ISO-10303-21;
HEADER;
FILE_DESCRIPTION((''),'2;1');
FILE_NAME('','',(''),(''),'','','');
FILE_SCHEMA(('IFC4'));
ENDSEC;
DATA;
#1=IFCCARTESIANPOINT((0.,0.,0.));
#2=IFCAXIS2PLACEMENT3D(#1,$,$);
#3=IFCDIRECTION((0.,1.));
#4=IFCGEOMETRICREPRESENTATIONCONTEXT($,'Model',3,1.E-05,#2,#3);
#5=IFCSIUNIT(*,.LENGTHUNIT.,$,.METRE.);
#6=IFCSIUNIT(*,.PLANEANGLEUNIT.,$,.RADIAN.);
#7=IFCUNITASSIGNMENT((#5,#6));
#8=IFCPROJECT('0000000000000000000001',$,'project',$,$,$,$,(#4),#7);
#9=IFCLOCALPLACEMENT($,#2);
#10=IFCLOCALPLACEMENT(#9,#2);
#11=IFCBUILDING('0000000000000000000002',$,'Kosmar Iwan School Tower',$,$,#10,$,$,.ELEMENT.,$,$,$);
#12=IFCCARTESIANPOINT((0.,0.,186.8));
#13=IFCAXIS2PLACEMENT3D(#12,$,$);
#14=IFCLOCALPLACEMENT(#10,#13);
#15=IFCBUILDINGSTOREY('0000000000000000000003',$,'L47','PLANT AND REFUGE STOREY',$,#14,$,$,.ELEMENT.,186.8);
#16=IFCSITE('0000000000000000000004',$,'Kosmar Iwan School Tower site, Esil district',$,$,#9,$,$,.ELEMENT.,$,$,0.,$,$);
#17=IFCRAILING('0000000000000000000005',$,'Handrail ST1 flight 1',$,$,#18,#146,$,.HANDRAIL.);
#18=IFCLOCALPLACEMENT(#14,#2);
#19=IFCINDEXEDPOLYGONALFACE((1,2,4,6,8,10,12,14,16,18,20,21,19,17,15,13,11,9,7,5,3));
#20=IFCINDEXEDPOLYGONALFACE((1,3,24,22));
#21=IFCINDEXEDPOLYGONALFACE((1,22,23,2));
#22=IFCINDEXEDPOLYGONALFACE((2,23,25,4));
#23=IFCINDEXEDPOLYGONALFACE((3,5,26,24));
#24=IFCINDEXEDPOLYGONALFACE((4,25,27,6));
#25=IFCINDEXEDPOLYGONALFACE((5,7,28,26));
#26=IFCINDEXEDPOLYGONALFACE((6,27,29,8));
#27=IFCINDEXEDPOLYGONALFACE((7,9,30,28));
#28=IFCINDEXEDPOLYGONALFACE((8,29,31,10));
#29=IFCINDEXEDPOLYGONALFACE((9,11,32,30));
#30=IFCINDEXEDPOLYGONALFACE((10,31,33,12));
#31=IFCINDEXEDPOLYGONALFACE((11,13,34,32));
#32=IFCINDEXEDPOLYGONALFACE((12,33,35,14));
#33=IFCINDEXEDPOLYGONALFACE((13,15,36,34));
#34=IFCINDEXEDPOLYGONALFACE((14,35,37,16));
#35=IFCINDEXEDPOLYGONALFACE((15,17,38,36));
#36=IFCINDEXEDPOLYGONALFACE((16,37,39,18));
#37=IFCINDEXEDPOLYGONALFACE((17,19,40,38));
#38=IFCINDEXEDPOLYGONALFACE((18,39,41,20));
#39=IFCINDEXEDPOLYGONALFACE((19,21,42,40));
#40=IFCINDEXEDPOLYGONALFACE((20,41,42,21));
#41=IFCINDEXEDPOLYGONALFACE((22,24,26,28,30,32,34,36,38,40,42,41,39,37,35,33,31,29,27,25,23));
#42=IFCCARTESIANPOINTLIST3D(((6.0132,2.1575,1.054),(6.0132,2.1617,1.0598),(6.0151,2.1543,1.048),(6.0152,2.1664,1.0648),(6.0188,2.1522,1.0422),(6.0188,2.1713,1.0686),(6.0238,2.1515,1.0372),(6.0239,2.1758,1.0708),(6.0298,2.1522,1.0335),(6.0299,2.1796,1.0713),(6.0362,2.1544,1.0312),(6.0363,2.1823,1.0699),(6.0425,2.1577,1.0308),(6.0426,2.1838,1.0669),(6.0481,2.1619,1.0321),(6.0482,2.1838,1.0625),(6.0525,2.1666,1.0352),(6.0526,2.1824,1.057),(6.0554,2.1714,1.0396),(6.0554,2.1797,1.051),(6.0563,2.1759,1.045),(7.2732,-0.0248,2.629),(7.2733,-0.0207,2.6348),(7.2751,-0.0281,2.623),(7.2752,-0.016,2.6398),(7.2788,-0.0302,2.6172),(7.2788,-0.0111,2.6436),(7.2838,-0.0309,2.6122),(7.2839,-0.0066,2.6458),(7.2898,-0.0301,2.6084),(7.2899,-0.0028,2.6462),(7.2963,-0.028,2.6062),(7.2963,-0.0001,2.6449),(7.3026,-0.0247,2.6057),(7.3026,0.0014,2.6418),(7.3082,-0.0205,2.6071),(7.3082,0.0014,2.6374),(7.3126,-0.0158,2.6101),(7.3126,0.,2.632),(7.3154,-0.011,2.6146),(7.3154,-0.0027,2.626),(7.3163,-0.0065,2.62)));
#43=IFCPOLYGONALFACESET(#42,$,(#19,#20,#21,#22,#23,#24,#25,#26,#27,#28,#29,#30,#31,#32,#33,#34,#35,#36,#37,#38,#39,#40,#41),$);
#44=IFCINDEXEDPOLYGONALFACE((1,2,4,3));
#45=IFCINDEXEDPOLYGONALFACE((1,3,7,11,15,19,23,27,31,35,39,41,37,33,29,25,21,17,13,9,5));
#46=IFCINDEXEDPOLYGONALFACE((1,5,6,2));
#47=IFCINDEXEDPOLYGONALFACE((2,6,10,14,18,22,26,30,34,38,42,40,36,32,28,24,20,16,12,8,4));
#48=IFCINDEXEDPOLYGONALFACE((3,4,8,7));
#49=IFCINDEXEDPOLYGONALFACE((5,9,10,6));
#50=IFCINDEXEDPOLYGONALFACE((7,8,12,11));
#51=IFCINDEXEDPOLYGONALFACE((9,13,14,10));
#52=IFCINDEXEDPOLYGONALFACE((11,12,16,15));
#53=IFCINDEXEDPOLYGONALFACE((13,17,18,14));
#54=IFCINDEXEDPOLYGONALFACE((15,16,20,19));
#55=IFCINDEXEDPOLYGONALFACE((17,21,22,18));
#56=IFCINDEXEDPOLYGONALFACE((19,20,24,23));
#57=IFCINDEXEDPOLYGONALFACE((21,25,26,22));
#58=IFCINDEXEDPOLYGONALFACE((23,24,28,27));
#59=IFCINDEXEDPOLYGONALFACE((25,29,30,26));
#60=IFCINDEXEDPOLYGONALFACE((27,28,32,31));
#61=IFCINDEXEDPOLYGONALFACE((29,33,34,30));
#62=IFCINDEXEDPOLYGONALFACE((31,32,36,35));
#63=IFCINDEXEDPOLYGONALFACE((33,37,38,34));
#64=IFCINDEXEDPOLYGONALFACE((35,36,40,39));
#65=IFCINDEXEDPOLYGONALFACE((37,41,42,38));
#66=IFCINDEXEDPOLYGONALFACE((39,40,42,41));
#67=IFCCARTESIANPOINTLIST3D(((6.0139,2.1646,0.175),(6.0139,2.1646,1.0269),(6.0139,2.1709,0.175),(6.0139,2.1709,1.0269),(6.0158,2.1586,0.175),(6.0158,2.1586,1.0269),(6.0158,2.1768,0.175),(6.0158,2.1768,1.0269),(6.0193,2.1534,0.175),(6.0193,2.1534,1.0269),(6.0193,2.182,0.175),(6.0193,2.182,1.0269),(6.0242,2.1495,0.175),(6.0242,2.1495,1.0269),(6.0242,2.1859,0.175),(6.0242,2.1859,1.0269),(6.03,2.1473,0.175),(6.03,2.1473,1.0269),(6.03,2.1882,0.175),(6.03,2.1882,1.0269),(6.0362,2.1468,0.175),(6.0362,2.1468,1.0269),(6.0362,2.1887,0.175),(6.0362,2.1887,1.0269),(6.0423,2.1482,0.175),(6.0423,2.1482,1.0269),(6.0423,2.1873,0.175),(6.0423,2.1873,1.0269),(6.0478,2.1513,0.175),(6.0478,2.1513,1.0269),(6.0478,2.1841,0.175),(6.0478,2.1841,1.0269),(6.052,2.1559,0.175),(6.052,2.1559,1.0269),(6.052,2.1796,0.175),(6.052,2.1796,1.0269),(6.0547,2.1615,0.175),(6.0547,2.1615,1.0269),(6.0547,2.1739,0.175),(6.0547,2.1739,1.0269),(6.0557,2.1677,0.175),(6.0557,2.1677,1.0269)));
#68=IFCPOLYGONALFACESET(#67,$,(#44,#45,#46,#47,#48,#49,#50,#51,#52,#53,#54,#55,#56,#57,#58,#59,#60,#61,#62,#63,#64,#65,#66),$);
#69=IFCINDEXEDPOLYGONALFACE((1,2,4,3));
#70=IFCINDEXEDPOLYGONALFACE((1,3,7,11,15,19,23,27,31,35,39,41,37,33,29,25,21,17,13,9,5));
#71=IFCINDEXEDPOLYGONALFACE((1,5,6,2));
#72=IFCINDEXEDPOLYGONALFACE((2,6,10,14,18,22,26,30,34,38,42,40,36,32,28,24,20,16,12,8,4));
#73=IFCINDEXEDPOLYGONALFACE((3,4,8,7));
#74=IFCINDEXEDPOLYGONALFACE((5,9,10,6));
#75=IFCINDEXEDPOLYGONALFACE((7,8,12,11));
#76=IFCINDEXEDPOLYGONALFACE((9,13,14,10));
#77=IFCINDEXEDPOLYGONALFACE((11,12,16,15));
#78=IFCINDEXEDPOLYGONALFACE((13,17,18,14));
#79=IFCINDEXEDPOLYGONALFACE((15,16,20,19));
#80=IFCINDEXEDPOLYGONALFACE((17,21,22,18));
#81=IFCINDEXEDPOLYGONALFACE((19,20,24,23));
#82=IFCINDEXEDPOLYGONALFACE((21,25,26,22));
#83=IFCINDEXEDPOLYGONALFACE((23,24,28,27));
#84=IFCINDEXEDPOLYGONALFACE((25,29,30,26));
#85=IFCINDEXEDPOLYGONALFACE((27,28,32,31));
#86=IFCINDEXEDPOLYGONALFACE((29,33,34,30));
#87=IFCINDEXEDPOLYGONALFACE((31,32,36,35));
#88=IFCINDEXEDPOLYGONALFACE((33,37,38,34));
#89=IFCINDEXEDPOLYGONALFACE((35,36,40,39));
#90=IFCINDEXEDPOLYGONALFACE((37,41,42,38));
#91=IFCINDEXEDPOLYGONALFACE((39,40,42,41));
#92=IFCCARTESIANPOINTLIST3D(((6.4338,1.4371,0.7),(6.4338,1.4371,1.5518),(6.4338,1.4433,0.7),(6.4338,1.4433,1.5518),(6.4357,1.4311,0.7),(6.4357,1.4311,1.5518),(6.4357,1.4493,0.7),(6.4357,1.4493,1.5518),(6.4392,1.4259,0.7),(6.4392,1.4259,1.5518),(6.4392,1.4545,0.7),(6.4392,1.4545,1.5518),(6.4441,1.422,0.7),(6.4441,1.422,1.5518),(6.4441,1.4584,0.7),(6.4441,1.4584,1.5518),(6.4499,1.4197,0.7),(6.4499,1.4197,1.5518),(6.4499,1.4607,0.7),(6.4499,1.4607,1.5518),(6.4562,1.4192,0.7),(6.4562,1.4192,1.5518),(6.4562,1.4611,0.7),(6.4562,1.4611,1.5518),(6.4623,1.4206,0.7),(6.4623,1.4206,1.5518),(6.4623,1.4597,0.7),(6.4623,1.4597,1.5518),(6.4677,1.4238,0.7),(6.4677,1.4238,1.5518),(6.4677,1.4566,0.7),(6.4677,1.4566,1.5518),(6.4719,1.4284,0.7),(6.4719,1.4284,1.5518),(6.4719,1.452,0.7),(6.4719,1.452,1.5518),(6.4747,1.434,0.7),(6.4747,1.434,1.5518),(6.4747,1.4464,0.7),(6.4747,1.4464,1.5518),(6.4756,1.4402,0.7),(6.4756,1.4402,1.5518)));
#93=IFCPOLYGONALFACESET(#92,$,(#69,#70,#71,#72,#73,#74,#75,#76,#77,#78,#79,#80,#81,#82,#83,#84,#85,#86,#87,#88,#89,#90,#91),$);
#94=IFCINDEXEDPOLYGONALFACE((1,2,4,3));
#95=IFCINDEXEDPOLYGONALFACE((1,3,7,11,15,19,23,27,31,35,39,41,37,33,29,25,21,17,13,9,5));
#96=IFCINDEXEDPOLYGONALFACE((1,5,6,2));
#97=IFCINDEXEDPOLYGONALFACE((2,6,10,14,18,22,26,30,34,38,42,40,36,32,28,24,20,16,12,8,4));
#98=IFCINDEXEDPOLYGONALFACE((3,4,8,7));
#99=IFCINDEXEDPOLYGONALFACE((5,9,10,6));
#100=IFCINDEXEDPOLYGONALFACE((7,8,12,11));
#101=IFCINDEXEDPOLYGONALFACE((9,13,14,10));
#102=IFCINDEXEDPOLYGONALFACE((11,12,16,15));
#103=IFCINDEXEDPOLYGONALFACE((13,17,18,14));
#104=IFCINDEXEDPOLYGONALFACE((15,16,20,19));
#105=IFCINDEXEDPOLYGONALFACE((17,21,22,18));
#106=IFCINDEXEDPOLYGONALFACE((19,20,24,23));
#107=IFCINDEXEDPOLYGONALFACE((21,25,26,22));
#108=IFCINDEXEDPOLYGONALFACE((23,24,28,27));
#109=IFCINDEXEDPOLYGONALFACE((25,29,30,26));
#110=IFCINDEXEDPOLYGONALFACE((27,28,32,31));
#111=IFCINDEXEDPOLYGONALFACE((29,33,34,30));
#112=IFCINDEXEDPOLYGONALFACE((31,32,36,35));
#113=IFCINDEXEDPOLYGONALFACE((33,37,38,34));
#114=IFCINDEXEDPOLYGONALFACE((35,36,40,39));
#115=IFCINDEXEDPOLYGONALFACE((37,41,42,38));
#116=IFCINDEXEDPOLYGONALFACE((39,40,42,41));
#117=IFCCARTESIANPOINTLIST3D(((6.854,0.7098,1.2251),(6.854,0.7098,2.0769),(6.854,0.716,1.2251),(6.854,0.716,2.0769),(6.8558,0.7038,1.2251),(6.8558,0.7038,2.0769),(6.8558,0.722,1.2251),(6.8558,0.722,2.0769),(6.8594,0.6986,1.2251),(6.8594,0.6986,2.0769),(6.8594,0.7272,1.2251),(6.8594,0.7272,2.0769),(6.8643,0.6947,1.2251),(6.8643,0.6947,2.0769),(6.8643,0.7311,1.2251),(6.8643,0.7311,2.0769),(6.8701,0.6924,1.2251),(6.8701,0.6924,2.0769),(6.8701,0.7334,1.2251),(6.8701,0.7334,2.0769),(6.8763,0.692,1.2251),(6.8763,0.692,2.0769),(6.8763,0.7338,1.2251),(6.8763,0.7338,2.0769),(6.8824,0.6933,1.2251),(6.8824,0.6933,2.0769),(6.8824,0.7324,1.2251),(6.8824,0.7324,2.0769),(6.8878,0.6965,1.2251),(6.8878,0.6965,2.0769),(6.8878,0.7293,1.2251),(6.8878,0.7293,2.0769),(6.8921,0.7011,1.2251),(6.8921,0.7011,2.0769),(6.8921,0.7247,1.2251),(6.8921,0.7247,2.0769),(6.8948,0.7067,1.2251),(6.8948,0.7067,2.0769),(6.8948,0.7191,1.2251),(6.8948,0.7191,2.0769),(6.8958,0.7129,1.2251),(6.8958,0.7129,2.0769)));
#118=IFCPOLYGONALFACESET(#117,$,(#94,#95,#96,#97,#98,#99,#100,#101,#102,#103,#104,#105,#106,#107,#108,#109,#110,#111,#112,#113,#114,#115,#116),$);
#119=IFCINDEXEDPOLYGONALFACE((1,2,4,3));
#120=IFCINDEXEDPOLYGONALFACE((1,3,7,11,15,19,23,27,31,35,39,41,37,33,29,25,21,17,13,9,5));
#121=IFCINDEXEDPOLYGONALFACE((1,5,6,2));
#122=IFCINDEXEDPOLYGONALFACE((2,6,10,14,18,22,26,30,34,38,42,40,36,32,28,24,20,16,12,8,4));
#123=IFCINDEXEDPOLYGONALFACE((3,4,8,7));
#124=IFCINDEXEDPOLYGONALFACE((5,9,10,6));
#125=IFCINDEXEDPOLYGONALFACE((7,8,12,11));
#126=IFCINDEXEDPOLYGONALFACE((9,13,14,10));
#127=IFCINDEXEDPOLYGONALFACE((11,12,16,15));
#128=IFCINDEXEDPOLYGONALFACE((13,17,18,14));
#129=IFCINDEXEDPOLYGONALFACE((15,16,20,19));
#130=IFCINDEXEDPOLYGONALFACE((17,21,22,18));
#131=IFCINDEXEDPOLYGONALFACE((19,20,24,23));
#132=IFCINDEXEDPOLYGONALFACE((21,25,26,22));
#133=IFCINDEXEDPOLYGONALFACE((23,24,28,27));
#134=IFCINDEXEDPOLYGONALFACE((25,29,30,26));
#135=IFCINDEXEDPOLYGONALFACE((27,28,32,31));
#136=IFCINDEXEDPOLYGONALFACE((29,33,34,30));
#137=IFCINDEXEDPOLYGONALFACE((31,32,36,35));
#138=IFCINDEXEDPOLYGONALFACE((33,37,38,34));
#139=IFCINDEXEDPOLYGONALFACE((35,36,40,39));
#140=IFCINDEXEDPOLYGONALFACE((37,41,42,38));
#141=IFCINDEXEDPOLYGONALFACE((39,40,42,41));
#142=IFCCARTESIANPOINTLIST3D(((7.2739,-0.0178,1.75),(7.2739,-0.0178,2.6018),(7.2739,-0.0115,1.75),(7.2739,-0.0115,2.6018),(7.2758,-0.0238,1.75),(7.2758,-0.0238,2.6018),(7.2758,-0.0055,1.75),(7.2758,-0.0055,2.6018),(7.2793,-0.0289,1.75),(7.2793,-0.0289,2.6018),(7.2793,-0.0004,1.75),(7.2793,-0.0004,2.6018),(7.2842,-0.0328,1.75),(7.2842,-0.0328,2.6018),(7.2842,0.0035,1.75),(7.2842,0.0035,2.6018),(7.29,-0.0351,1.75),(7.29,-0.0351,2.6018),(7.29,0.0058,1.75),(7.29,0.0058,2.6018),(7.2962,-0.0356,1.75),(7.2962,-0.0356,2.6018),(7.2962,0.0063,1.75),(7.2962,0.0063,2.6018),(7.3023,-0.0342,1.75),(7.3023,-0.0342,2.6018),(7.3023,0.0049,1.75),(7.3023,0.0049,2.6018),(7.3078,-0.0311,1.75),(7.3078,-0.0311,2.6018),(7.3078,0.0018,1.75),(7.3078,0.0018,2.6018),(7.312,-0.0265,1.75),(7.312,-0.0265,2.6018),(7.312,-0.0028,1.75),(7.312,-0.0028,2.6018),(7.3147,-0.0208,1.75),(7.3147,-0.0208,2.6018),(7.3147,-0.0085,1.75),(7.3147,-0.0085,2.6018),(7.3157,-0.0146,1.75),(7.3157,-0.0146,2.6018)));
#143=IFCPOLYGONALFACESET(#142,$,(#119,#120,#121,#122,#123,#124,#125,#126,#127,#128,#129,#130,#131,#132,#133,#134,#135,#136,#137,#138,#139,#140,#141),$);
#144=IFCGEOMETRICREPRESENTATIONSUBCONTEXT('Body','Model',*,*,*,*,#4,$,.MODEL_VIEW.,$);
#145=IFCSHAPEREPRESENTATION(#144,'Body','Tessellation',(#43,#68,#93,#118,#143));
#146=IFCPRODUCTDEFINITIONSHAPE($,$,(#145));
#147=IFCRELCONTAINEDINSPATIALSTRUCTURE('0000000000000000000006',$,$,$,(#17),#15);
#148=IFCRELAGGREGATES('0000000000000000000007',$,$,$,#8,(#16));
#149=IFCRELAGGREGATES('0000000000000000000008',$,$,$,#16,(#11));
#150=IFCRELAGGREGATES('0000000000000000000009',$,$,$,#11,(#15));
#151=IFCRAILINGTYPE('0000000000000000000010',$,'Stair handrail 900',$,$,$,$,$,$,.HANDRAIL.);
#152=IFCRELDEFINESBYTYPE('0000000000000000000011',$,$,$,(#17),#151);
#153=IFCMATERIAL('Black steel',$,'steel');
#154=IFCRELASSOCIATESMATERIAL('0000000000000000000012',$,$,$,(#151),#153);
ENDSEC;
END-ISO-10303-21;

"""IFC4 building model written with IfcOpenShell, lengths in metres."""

from ifc_helpers import new_model, si_unit, direction, frame, origin, origin_2d, place, context, subcontext, project, spatial, circle, extrude, material, type_object, element, save


model = new_model("IFC4")

# Units and contexts
model_context = context("Model", 3, precision=1e-05, world=origin(), true_north=direction((0.0, 1.0)))
body_context = subcontext(model_context, "Body", "Model", "MODEL_VIEW")
ifc_project = project(units=[si_unit("LENGTHUNIT", "METRE"), si_unit("PLANEANGLEUNIT", "RADIAN")], contexts=[model_context])

# Site, building, storey
site_placement = place(None, origin())
site = spatial("IfcSite", under=ifc_project, at=site_placement, Name="Kosmar Iwan School Tower site, Esil district", CompositionType="ELEMENT", RefElevation=0.0)
building_placement = place(site_placement, origin())
building = spatial("IfcBuilding", under=site, at=building_placement, Name="Kosmar Iwan School Tower", CompositionType="ELEMENT")
storey_placement = place(building_placement, frame((0.0, 0.0, 186.8)))
storey = spatial("IfcBuildingStorey", under=building, at=storey_placement, Name="L47", Description="PLANT AND REFUGE STOREY", CompositionType="ELEMENT", Elevation=186.8)

# Railing
ifc_material_1 = material(Name="Black steel", Category="steel")
railing_type = type_object("IfcRailingType", Name="Stair handrail 900", PredefinedType="HANDRAIL", material=ifc_material_1)
for number, where, name in (
    (1, (6.0347, 2.1677, 0.175), "Handrail ST1 flight 1"),
):
    element("IfcRailing", number, at=place(storey_placement, frame(where)), inside=storey, type_object=railing_type, Name=name, PredefinedType="HANDRAIL", context=body_context, shape_type="SweptSolid", body=[
        extrude(circle(Radius=0.0239, at=origin_2d()), frame((0.0, 0.0, 0.876), z_axis=(0.424007, -0.734392, 0.529988), x_axis=(0.866023, 0.500005, 0.0)), (0.0, 0.0, 1.0), 2.9717),
        extrude(circle(Radius=0.021, at=origin_2d()), origin(), (0.0, 0.0, 1.0), 0.8518),
        extrude(circle(Radius=0.021, at=origin_2d()), frame((0.4199, -0.7275, 0.5249)), (0.0, 0.0, 1.0), 0.8518),
        extrude(circle(Radius=0.021, at=origin_2d()), frame((0.8401, -1.4548, 1.05)), (0.0, 0.0, 1.0), 0.8518),
        extrude(circle(Radius=0.021, at=origin_2d()), frame((1.26, -2.1824, 1.575)), (0.0, 0.0, 1.0), 0.8518),
    ])

save(model, "model.ifc")
